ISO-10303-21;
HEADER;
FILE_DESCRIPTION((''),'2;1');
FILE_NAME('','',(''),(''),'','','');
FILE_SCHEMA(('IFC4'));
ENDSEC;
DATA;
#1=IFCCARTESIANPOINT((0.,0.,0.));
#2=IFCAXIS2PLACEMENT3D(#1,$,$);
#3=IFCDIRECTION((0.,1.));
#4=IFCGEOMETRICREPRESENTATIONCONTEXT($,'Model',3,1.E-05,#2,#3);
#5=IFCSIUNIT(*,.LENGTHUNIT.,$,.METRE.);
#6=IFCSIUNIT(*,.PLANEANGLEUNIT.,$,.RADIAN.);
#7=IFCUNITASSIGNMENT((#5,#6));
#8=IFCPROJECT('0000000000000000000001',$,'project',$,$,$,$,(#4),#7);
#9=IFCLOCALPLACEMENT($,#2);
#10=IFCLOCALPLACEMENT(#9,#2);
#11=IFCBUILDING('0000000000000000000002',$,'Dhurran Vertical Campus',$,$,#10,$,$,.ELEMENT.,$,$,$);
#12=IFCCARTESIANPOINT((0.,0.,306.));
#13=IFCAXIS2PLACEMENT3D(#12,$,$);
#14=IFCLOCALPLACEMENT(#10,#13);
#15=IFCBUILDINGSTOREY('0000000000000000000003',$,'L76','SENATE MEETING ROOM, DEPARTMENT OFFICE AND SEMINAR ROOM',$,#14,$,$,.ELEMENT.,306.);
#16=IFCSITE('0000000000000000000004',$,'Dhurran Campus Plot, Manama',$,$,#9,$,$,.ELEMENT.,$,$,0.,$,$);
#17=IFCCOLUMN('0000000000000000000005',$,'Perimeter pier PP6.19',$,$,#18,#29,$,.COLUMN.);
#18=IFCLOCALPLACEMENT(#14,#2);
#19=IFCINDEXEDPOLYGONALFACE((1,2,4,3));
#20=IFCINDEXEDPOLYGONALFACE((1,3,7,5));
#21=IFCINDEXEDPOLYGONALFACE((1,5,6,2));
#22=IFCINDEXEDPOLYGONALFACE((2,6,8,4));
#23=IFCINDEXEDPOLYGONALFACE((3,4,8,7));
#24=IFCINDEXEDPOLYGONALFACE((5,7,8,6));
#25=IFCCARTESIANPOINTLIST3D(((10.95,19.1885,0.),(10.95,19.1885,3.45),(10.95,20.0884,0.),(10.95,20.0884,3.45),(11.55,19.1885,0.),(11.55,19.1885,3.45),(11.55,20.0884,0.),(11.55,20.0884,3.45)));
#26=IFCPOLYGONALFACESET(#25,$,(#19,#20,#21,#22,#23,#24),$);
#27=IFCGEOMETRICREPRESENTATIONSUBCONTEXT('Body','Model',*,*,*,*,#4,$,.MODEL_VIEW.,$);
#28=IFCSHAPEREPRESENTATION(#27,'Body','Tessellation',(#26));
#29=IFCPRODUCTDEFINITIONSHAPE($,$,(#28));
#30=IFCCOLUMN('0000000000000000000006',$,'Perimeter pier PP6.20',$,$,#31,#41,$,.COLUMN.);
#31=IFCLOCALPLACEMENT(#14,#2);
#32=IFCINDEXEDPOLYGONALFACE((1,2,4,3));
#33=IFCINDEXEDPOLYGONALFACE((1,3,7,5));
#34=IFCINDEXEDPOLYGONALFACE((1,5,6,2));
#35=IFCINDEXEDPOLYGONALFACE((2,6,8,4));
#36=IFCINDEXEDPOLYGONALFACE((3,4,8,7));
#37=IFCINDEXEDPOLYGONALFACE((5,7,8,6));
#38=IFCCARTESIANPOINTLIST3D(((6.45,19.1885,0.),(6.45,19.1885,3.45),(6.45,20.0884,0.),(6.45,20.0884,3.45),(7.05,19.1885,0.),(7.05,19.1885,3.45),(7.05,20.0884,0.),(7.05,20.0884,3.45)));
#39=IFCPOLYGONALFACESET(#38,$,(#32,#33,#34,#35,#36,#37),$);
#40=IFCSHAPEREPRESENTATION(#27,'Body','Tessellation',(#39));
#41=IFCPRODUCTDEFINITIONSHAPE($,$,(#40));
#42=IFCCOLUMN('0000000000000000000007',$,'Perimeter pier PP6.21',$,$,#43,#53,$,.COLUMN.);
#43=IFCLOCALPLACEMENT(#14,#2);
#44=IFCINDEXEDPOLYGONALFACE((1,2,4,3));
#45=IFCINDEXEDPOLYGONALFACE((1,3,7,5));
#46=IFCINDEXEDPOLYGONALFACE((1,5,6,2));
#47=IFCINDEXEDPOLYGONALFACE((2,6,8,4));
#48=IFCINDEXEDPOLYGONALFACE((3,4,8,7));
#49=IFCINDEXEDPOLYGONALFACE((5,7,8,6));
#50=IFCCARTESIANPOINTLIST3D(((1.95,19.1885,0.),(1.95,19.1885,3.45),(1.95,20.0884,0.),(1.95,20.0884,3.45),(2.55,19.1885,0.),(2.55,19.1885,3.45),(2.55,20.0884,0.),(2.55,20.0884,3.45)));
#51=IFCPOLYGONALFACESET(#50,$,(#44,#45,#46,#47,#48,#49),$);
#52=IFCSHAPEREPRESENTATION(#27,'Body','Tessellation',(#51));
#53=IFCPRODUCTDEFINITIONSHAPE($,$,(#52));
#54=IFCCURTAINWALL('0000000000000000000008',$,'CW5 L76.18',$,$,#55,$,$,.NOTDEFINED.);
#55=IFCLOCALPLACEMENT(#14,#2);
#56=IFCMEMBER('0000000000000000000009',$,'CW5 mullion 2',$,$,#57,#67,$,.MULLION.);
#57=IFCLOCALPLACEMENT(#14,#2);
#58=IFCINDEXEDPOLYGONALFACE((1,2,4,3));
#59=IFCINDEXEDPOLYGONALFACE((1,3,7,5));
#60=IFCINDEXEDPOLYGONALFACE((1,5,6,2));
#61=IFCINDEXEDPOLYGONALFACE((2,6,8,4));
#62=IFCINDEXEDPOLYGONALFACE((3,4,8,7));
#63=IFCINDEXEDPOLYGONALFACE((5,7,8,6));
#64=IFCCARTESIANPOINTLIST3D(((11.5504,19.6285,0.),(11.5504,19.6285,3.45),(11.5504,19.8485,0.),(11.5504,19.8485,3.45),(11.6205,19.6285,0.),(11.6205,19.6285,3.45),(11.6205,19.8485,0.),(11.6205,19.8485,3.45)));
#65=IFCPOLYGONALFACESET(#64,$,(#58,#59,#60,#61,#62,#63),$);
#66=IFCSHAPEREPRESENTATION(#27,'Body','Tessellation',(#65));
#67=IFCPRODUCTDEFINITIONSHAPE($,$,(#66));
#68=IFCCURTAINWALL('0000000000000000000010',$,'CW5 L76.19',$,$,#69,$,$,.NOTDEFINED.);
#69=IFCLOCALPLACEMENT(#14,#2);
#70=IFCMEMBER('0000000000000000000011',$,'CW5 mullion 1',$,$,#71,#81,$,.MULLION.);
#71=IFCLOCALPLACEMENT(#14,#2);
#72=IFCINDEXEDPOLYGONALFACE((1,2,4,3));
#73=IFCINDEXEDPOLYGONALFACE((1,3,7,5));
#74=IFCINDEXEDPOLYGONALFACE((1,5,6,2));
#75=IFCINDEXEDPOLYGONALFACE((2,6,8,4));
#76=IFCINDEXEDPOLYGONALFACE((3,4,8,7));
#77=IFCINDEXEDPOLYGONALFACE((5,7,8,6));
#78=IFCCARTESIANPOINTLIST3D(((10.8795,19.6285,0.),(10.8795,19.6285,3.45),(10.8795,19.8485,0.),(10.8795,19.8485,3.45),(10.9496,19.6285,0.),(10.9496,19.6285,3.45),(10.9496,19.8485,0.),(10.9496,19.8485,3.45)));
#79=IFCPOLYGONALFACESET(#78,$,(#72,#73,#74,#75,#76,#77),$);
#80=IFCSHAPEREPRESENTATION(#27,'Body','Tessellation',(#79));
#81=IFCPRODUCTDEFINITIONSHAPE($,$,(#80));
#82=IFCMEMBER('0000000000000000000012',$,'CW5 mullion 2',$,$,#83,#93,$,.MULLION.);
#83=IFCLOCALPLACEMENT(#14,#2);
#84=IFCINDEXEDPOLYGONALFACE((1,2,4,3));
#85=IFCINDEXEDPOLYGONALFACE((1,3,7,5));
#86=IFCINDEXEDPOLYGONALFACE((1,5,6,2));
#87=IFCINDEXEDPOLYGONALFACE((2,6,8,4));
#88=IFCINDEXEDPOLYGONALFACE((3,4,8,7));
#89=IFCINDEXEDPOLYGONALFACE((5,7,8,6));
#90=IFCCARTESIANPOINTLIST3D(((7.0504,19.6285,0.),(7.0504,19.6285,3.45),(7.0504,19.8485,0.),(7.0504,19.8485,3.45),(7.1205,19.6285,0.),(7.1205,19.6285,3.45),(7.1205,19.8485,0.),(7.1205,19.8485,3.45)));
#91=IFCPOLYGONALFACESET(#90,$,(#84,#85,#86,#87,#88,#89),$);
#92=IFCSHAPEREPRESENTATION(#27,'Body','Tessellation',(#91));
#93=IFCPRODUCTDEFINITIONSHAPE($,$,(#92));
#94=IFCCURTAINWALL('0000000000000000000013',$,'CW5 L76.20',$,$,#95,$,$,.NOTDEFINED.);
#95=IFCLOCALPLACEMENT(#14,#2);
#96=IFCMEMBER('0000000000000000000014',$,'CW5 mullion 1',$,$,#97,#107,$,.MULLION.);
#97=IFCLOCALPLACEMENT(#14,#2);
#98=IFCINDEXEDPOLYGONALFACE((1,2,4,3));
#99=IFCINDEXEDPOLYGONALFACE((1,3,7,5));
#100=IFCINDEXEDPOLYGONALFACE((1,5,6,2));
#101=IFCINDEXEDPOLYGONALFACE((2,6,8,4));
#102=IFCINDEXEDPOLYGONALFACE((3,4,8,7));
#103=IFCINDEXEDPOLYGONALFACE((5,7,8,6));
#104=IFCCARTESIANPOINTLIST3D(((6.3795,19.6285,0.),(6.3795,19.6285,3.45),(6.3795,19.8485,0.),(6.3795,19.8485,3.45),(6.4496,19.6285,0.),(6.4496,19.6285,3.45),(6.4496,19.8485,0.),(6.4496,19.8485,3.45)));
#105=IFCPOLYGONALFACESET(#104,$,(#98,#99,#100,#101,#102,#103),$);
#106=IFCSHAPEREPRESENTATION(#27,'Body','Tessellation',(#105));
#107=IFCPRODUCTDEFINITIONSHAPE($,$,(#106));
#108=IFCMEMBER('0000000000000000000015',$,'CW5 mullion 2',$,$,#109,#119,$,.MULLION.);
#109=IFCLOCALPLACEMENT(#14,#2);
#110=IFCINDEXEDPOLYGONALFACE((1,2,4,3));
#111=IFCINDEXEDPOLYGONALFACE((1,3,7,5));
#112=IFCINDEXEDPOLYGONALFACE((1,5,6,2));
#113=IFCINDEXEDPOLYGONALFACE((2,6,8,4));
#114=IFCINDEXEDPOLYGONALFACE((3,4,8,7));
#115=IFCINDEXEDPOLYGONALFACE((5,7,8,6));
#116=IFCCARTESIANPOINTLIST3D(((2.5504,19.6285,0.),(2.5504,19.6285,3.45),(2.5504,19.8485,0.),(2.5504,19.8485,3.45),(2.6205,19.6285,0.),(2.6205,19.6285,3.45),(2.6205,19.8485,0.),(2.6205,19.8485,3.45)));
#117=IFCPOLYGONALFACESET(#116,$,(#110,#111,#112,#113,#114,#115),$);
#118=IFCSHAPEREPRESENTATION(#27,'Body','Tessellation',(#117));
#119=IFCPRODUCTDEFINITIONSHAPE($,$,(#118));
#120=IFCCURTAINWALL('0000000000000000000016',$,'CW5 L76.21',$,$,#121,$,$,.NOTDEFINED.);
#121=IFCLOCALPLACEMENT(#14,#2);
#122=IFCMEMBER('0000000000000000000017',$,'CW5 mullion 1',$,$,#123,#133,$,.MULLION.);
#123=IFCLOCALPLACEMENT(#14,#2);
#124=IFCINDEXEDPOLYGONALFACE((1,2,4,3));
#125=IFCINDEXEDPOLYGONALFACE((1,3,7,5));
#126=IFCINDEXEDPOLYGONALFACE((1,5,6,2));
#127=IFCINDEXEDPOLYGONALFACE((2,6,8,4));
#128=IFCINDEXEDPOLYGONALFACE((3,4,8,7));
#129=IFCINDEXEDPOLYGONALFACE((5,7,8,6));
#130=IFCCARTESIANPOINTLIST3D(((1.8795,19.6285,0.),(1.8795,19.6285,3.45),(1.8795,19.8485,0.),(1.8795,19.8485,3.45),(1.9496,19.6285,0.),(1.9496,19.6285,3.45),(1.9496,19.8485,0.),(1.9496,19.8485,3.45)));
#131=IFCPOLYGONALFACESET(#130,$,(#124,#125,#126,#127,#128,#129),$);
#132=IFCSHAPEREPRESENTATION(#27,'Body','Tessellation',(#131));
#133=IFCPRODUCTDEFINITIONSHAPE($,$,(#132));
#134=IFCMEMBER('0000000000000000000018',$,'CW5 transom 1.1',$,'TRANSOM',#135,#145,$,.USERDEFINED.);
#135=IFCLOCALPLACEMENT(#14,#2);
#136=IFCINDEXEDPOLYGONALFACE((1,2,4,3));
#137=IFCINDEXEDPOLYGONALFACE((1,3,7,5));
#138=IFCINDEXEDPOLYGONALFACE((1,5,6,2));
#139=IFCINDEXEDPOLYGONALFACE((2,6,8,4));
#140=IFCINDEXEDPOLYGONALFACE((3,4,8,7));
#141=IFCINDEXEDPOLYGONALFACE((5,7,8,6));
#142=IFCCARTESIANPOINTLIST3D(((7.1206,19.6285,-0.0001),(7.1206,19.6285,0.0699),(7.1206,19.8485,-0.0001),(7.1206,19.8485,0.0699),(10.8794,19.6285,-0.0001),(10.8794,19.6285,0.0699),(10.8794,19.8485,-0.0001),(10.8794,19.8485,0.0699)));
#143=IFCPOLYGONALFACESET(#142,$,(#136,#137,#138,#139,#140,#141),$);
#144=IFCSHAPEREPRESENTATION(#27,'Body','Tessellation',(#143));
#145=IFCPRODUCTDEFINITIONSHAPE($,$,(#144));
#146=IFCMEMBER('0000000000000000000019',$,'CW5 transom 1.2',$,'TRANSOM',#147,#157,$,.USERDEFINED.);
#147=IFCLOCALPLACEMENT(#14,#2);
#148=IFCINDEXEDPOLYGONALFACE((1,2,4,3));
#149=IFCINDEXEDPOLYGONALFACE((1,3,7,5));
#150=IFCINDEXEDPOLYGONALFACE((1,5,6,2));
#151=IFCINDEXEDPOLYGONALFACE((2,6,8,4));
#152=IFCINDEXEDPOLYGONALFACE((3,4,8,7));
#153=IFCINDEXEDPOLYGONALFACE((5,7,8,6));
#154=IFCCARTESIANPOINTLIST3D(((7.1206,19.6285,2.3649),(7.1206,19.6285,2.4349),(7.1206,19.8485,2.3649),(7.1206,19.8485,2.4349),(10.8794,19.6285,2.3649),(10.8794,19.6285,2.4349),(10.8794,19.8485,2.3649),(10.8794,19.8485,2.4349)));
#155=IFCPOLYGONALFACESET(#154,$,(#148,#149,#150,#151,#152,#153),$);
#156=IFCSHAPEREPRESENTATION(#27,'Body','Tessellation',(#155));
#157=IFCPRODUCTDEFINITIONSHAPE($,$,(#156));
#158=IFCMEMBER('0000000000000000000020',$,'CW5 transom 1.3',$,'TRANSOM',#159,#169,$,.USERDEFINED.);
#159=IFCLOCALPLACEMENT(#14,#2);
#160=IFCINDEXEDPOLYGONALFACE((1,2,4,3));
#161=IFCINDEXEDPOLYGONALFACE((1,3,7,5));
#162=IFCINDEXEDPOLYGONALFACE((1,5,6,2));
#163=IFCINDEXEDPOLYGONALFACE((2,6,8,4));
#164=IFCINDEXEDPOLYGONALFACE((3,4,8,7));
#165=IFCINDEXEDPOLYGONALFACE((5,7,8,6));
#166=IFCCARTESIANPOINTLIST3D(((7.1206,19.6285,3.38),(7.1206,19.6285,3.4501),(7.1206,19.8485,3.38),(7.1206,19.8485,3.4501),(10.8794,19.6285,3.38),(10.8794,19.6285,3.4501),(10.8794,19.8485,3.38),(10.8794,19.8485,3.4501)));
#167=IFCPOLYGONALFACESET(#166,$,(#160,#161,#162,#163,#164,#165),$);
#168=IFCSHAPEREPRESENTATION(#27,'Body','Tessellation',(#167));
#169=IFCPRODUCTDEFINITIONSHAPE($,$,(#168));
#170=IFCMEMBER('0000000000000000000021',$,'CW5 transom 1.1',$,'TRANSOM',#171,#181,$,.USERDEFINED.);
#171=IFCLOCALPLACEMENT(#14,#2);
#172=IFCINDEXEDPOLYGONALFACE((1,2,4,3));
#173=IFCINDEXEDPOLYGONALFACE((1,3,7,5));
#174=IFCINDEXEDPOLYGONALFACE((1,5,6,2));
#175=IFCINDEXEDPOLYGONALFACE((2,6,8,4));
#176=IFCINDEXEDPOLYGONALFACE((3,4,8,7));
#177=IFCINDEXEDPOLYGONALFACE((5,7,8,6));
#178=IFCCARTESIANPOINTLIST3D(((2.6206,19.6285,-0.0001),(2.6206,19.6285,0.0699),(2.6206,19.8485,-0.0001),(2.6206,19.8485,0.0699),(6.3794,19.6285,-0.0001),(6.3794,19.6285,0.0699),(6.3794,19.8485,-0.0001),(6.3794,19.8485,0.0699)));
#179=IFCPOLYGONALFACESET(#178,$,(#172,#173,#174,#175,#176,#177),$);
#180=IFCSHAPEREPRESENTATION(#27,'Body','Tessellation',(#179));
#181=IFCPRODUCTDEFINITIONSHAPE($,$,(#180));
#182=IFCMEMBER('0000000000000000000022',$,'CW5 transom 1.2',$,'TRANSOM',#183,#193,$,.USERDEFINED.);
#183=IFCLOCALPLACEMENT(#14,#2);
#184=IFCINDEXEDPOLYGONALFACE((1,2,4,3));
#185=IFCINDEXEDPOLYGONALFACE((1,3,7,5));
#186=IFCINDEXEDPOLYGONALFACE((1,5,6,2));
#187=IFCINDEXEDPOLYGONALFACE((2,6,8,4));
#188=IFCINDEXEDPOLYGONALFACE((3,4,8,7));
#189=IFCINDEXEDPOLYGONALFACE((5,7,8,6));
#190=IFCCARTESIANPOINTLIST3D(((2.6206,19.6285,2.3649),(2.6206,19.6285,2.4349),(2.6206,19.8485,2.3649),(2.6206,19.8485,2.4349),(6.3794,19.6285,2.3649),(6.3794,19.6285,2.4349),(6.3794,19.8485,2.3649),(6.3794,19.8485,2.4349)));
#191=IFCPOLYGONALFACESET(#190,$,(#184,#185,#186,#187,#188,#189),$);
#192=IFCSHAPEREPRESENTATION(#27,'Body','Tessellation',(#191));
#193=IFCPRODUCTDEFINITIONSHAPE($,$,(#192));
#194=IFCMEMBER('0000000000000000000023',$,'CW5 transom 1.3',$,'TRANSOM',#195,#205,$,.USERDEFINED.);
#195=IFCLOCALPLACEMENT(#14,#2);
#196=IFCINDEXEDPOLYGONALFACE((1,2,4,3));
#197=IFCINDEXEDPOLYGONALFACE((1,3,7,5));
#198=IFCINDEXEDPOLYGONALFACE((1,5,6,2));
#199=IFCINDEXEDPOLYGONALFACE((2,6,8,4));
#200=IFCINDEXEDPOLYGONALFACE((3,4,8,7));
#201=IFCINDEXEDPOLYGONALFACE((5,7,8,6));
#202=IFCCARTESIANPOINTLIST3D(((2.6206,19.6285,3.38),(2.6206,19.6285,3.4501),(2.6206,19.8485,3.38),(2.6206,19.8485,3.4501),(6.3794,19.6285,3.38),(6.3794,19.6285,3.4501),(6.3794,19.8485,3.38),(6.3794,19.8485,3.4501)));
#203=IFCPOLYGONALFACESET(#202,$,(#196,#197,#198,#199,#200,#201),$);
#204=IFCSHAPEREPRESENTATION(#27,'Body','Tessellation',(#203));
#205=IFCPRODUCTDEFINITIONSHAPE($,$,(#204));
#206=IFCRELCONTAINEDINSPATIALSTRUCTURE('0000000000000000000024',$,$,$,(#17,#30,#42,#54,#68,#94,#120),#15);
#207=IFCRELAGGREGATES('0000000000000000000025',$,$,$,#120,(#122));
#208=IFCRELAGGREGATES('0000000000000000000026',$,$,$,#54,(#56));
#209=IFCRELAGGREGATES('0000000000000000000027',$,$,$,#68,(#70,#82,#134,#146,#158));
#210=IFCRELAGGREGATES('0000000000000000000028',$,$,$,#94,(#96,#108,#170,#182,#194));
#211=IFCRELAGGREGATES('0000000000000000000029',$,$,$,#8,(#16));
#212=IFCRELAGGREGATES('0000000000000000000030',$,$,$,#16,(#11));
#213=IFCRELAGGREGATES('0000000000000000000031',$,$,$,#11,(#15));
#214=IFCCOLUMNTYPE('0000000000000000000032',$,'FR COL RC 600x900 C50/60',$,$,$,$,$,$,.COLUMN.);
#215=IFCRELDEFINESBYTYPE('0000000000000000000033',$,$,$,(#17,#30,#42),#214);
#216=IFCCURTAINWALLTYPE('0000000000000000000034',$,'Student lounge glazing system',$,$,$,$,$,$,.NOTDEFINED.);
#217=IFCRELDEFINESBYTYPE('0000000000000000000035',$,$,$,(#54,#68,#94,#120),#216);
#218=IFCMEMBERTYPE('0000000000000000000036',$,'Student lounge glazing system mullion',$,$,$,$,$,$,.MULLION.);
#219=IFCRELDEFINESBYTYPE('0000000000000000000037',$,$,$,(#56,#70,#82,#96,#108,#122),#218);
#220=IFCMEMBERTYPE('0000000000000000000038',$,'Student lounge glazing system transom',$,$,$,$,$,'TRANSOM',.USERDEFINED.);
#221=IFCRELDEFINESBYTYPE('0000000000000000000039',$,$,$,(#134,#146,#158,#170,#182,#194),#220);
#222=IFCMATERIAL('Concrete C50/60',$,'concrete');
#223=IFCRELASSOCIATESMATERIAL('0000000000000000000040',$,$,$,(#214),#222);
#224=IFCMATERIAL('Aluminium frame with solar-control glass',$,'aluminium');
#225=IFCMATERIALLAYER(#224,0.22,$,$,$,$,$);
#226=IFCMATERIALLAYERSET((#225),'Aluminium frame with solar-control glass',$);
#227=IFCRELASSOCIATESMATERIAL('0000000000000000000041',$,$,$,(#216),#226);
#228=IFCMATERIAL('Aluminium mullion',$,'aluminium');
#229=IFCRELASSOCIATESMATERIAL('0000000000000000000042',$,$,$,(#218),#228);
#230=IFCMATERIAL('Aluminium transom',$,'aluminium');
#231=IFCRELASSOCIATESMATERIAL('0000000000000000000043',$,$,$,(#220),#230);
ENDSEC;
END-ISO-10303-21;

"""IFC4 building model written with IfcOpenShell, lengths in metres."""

from ifc_helpers import new_model, si_unit, direction, frame, origin, origin_2d, place, context, subcontext, project, spatial, rectangle, extrude, material, layer, layer_set, material_profile, profile_set, type_object, element, aggregate, save


model = new_model("IFC4")

# Units and contexts
model_context = context("Model", 3, precision=1e-05, world=origin(), true_north=direction((0.0, 1.0)))
body_context = subcontext(model_context, "Body", "Model", "MODEL_VIEW")
ifc_project = project(units=[si_unit("LENGTHUNIT", "METRE"), si_unit("PLANEANGLEUNIT", "RADIAN")], contexts=[model_context])

# Site, building, storey
site_placement = place(None, origin())
site = spatial("IfcSite", under=ifc_project, at=site_placement, Name="Dhurran Campus Plot, Manama", CompositionType="ELEMENT", RefElevation=0.0)
building_placement = place(site_placement, origin())
building = spatial("IfcBuilding", under=site, at=building_placement, Name="Dhurran Vertical Campus", CompositionType="ELEMENT")
storey_placement = place(building_placement, frame((0.0, 0.0, 306.0)))
storey = spatial("IfcBuildingStorey", under=building, at=storey_placement, Name="L76", Description="SENATE MEETING ROOM, DEPARTMENT OFFICE AND SEMINAR ROOM", CompositionType="ELEMENT", Elevation=306.0)

# Columns
ifc_material_1 = material(Name="Concrete C50/60", Category="concrete")
ifc_material_profile_1 = material_profile(ifc_material_1, rectangle(XDim=0.6001, YDim=0.8999, at=origin_2d()), Name="RC 600x900")
ifc_profile_set_1 = profile_set([ifc_material_profile_1], Name="Concrete C50/60")
column_type = type_object("IfcColumnType", Name="FR COL RC 600x900 C50/60", PredefinedType="COLUMN", material=ifc_profile_set_1)
for number, where, z_axis, x_axis, name in (
    (1, (11.25, 19.6384, 0.0), (0.0, 0.0, 1.0), (-1.0, 0.0, 0.0), "Perimeter pier PP6.19"),
    (2, (6.75, 19.6384, 0.0), (0.0, 0.0, 1.0), (-1.0, 0.0, 0.0), "Perimeter pier PP6.20"),
    (3, (2.25, 19.6384, 0.0), (0.0, 0.0, 1.0), (-1.0, 0.0, 0.0), "Perimeter pier PP6.21"),
):
    element("IfcColumn", number, at=place(storey_placement, frame(where, z_axis=z_axis, x_axis=x_axis)), inside=storey, type_object=column_type, Name=name, PredefinedType="COLUMN", context=body_context, shape_type="SweptSolid", body=[
        extrude(rectangle(XDim=0.6001, YDim=0.8999, at=origin_2d()), origin(), (0.0, 0.0, 1.0), 3.45),
    ])

# Curtain wall, member
ifc_material_2 = material(Name="Aluminium frame with solar-control glass", Category="aluminium")
ifc_layer_1 = layer(ifc_material_2, 0.22)
ifc_layer_set_1 = layer_set([ifc_layer_1], Name="Aluminium frame with solar-control glass")
curtain_wall_type = type_object("IfcCurtainWallType", Name="Student lounge glazing system", PredefinedType="NOTDEFINED", material=ifc_layer_set_1)
curtain_wall_1_placement = place(storey_placement, origin())
curtain_wall_1 = element("IfcCurtainWall", 4, at=curtain_wall_1_placement, inside=storey, type_object=curtain_wall_type, Name="CW5 L76.18", PredefinedType="NOTDEFINED")
ifc_material_3 = material(Name="Aluminium mullion", Category="aluminium")
ifc_material_profile_2 = material_profile(ifc_material_3, rectangle(XDim=0.22, YDim=0.0701, at=origin_2d()), Name="Student lounge glazing system mullion")
ifc_profile_set_2 = profile_set([ifc_material_profile_2], Name="Aluminium mullion")
member_type_1 = type_object("IfcMemberType", Name="Student lounge glazing system mullion", PredefinedType="MULLION", material=ifc_profile_set_2)
member_1_placement = place(storey_placement, frame((11.5854, 19.7385, 0.0), z_axis=(0.0, 0.0, 1.0), x_axis=(0.0, -1.0, 0.0)))
member_1 = element("IfcMember", 5, at=member_1_placement, type_object=member_type_1, Name="CW5 mullion 2", PredefinedType="MULLION", context=body_context, shape_type="SweptSolid", body=[
    extrude(rectangle(XDim=0.22, YDim=0.0701, at=origin_2d()), origin(), (0.0, 0.0, 1.0), 3.45),
])

# Curtain walls, members
curtain_wall_2_placement = place(storey_placement, origin())
curtain_wall_2 = element("IfcCurtainWall", 6, at=curtain_wall_2_placement, inside=storey, type_object=curtain_wall_type, Name="CW5 L76.19", PredefinedType="NOTDEFINED")
member_2_placement = place(storey_placement, frame((10.9146, 19.7385, 0.0), z_axis=(0.0, 0.0, 1.0), x_axis=(0.0, -1.0, 0.0)))
member_2 = element("IfcMember", 7, at=member_2_placement, type_object=member_type_1, Name="CW5 mullion 1", PredefinedType="MULLION", context=body_context, shape_type="SweptSolid", body=[
    extrude(rectangle(XDim=0.22, YDim=0.0701, at=origin_2d()), origin(), (0.0, 0.0, 1.0), 3.45),
])
member_3_placement = place(storey_placement, frame((7.0854, 19.7385, 0.0), z_axis=(0.0, 0.0, 1.0), x_axis=(0.0, -1.0, 0.0)))
member_3 = element("IfcMember", 8, at=member_3_placement, type_object=member_type_1, Name="CW5 mullion 2", PredefinedType="MULLION", context=body_context, shape_type="SweptSolid", body=[
    extrude(rectangle(XDim=0.22, YDim=0.0701, at=origin_2d()), origin(), (0.0, 0.0, 1.0), 3.45),
])
curtain_wall_3_placement = place(storey_placement, origin())
curtain_wall_3 = element("IfcCurtainWall", 9, at=curtain_wall_3_placement, inside=storey, type_object=curtain_wall_type, Name="CW5 L76.20", PredefinedType="NOTDEFINED")
member_4_placement = place(storey_placement, frame((6.4146, 19.7385, 0.0), z_axis=(0.0, 0.0, 1.0), x_axis=(0.0, -1.0, 0.0)))
member_4 = element("IfcMember", 10, at=member_4_placement, type_object=member_type_1, Name="CW5 mullion 1", PredefinedType="MULLION", context=body_context, shape_type="SweptSolid", body=[
    extrude(rectangle(XDim=0.22, YDim=0.0701, at=origin_2d()), origin(), (0.0, 0.0, 1.0), 3.45),
])
member_5_placement = place(storey_placement, frame((2.5854, 19.7385, 0.0), z_axis=(0.0, 0.0, 1.0), x_axis=(0.0, -1.0, 0.0)))
member_5 = element("IfcMember", 11, at=member_5_placement, type_object=member_type_1, Name="CW5 mullion 2", PredefinedType="MULLION", context=body_context, shape_type="SweptSolid", body=[
    extrude(rectangle(XDim=0.22, YDim=0.0701, at=origin_2d()), origin(), (0.0, 0.0, 1.0), 3.45),
])

# Curtain wall, member
curtain_wall_4_placement = place(storey_placement, origin())
curtain_wall_4 = element("IfcCurtainWall", 12, at=curtain_wall_4_placement, inside=storey, type_object=curtain_wall_type, Name="CW5 L76.21", PredefinedType="NOTDEFINED")
member_6_placement = place(storey_placement, frame((1.9146, 19.7385, 0.0), z_axis=(0.0, 0.0, 1.0), x_axis=(0.0, -1.0, 0.0)))
member_6 = element("IfcMember", 13, at=member_6_placement, type_object=member_type_1, Name="CW5 mullion 1", PredefinedType="MULLION", context=body_context, shape_type="SweptSolid", body=[
    extrude(rectangle(XDim=0.22, YDim=0.0701, at=origin_2d()), origin(), (0.0, 0.0, 1.0), 3.45),
])

# Members
ifc_material_4 = material(Name="Aluminium transom", Category="aluminium")
ifc_material_profile_3 = material_profile(ifc_material_4, rectangle(XDim=0.22, YDim=0.0701, at=origin_2d()), Name="Student lounge glazing system transom")
ifc_profile_set_3 = profile_set([ifc_material_profile_3], Name="Aluminium transom")
member_type_2 = type_object("IfcMemberType", Name="Student lounge glazing system transom", ElementType="TRANSOM", PredefinedType="USERDEFINED", material=ifc_profile_set_3)
member_7_placement = place(storey_placement, frame((10.8794, 19.7385, 0.0349), z_axis=(-1.0, 0.0, 0.0), x_axis=(0.0, -1.0, 0.0)))
member_7 = element("IfcMember", 14, at=member_7_placement, type_object=member_type_2, Name="CW5 transom 1.1", ObjectType="TRANSOM", PredefinedType="USERDEFINED", context=body_context, shape_type="SweptSolid", body=[
    extrude(rectangle(XDim=0.22, YDim=0.0701, at=origin_2d()), origin(), (0.0, 0.0, 1.0), 3.7588),
])
member_8_placement = place(storey_placement, frame((10.8794, 19.7385, 2.3999), z_axis=(-1.0, 0.0, 0.0), x_axis=(0.0, -1.0, 0.0)))
member_8 = element("IfcMember", 15, at=member_8_placement, type_object=member_type_2, Name="CW5 transom 1.2", ObjectType="TRANSOM", PredefinedType="USERDEFINED", context=body_context, shape_type="SweptSolid", body=[
    extrude(rectangle(XDim=0.22, YDim=0.0701, at=origin_2d()), origin(), (0.0, 0.0, 1.0), 3.7588),
])
member_9_placement = place(storey_placement, frame((10.8794, 19.7385, 3.415), z_axis=(-1.0, 0.0, 0.0), x_axis=(0.0, -1.0, 0.0)))
member_9 = element("IfcMember", 16, at=member_9_placement, type_object=member_type_2, Name="CW5 transom 1.3", ObjectType="TRANSOM", PredefinedType="USERDEFINED", context=body_context, shape_type="SweptSolid", body=[
    extrude(rectangle(XDim=0.22, YDim=0.0701, at=origin_2d()), origin(), (0.0, 0.0, 1.0), 3.7588),
])
member_10_placement = place(storey_placement, frame((6.3794, 19.7385, 0.0349), z_axis=(-1.0, 0.0, 0.0), x_axis=(0.0, -1.0, 0.0)))
member_10 = element("IfcMember", 17, at=member_10_placement, type_object=member_type_2, Name="CW5 transom 1.1", ObjectType="TRANSOM", PredefinedType="USERDEFINED", context=body_context, shape_type="SweptSolid", body=[
    extrude(rectangle(XDim=0.22, YDim=0.0701, at=origin_2d()), origin(), (0.0, 0.0, 1.0), 3.7588),
])
member_11_placement = place(storey_placement, frame((6.3794, 19.7385, 2.3999), z_axis=(-1.0, 0.0, 0.0), x_axis=(0.0, -1.0, 0.0)))
member_11 = element("IfcMember", 18, at=member_11_placement, type_object=member_type_2, Name="CW5 transom 1.2", ObjectType="TRANSOM", PredefinedType="USERDEFINED", context=body_context, shape_type="SweptSolid", body=[
    extrude(rectangle(XDim=0.22, YDim=0.0701, at=origin_2d()), origin(), (0.0, 0.0, 1.0), 3.7588),
])
member_12_placement = place(storey_placement, frame((6.3794, 19.7385, 3.415), z_axis=(-1.0, 0.0, 0.0), x_axis=(0.0, -1.0, 0.0)))
member_12 = element("IfcMember", 19, at=member_12_placement, type_object=member_type_2, Name="CW5 transom 1.3", ObjectType="TRANSOM", PredefinedType="USERDEFINED", context=body_context, shape_type="SweptSolid", body=[
    extrude(rectangle(XDim=0.22, YDim=0.0701, at=origin_2d()), origin(), (0.0, 0.0, 1.0), 3.7588),
])
aggregate(curtain_wall_4, [member_6])

aggregate(curtain_wall_1, [member_1])
aggregate(curtain_wall_2, [member_2, member_3, member_7, member_8, member_9])
aggregate(curtain_wall_3, [member_4, member_5, member_10, member_11, member_12])

save(model, "model.ifc")
